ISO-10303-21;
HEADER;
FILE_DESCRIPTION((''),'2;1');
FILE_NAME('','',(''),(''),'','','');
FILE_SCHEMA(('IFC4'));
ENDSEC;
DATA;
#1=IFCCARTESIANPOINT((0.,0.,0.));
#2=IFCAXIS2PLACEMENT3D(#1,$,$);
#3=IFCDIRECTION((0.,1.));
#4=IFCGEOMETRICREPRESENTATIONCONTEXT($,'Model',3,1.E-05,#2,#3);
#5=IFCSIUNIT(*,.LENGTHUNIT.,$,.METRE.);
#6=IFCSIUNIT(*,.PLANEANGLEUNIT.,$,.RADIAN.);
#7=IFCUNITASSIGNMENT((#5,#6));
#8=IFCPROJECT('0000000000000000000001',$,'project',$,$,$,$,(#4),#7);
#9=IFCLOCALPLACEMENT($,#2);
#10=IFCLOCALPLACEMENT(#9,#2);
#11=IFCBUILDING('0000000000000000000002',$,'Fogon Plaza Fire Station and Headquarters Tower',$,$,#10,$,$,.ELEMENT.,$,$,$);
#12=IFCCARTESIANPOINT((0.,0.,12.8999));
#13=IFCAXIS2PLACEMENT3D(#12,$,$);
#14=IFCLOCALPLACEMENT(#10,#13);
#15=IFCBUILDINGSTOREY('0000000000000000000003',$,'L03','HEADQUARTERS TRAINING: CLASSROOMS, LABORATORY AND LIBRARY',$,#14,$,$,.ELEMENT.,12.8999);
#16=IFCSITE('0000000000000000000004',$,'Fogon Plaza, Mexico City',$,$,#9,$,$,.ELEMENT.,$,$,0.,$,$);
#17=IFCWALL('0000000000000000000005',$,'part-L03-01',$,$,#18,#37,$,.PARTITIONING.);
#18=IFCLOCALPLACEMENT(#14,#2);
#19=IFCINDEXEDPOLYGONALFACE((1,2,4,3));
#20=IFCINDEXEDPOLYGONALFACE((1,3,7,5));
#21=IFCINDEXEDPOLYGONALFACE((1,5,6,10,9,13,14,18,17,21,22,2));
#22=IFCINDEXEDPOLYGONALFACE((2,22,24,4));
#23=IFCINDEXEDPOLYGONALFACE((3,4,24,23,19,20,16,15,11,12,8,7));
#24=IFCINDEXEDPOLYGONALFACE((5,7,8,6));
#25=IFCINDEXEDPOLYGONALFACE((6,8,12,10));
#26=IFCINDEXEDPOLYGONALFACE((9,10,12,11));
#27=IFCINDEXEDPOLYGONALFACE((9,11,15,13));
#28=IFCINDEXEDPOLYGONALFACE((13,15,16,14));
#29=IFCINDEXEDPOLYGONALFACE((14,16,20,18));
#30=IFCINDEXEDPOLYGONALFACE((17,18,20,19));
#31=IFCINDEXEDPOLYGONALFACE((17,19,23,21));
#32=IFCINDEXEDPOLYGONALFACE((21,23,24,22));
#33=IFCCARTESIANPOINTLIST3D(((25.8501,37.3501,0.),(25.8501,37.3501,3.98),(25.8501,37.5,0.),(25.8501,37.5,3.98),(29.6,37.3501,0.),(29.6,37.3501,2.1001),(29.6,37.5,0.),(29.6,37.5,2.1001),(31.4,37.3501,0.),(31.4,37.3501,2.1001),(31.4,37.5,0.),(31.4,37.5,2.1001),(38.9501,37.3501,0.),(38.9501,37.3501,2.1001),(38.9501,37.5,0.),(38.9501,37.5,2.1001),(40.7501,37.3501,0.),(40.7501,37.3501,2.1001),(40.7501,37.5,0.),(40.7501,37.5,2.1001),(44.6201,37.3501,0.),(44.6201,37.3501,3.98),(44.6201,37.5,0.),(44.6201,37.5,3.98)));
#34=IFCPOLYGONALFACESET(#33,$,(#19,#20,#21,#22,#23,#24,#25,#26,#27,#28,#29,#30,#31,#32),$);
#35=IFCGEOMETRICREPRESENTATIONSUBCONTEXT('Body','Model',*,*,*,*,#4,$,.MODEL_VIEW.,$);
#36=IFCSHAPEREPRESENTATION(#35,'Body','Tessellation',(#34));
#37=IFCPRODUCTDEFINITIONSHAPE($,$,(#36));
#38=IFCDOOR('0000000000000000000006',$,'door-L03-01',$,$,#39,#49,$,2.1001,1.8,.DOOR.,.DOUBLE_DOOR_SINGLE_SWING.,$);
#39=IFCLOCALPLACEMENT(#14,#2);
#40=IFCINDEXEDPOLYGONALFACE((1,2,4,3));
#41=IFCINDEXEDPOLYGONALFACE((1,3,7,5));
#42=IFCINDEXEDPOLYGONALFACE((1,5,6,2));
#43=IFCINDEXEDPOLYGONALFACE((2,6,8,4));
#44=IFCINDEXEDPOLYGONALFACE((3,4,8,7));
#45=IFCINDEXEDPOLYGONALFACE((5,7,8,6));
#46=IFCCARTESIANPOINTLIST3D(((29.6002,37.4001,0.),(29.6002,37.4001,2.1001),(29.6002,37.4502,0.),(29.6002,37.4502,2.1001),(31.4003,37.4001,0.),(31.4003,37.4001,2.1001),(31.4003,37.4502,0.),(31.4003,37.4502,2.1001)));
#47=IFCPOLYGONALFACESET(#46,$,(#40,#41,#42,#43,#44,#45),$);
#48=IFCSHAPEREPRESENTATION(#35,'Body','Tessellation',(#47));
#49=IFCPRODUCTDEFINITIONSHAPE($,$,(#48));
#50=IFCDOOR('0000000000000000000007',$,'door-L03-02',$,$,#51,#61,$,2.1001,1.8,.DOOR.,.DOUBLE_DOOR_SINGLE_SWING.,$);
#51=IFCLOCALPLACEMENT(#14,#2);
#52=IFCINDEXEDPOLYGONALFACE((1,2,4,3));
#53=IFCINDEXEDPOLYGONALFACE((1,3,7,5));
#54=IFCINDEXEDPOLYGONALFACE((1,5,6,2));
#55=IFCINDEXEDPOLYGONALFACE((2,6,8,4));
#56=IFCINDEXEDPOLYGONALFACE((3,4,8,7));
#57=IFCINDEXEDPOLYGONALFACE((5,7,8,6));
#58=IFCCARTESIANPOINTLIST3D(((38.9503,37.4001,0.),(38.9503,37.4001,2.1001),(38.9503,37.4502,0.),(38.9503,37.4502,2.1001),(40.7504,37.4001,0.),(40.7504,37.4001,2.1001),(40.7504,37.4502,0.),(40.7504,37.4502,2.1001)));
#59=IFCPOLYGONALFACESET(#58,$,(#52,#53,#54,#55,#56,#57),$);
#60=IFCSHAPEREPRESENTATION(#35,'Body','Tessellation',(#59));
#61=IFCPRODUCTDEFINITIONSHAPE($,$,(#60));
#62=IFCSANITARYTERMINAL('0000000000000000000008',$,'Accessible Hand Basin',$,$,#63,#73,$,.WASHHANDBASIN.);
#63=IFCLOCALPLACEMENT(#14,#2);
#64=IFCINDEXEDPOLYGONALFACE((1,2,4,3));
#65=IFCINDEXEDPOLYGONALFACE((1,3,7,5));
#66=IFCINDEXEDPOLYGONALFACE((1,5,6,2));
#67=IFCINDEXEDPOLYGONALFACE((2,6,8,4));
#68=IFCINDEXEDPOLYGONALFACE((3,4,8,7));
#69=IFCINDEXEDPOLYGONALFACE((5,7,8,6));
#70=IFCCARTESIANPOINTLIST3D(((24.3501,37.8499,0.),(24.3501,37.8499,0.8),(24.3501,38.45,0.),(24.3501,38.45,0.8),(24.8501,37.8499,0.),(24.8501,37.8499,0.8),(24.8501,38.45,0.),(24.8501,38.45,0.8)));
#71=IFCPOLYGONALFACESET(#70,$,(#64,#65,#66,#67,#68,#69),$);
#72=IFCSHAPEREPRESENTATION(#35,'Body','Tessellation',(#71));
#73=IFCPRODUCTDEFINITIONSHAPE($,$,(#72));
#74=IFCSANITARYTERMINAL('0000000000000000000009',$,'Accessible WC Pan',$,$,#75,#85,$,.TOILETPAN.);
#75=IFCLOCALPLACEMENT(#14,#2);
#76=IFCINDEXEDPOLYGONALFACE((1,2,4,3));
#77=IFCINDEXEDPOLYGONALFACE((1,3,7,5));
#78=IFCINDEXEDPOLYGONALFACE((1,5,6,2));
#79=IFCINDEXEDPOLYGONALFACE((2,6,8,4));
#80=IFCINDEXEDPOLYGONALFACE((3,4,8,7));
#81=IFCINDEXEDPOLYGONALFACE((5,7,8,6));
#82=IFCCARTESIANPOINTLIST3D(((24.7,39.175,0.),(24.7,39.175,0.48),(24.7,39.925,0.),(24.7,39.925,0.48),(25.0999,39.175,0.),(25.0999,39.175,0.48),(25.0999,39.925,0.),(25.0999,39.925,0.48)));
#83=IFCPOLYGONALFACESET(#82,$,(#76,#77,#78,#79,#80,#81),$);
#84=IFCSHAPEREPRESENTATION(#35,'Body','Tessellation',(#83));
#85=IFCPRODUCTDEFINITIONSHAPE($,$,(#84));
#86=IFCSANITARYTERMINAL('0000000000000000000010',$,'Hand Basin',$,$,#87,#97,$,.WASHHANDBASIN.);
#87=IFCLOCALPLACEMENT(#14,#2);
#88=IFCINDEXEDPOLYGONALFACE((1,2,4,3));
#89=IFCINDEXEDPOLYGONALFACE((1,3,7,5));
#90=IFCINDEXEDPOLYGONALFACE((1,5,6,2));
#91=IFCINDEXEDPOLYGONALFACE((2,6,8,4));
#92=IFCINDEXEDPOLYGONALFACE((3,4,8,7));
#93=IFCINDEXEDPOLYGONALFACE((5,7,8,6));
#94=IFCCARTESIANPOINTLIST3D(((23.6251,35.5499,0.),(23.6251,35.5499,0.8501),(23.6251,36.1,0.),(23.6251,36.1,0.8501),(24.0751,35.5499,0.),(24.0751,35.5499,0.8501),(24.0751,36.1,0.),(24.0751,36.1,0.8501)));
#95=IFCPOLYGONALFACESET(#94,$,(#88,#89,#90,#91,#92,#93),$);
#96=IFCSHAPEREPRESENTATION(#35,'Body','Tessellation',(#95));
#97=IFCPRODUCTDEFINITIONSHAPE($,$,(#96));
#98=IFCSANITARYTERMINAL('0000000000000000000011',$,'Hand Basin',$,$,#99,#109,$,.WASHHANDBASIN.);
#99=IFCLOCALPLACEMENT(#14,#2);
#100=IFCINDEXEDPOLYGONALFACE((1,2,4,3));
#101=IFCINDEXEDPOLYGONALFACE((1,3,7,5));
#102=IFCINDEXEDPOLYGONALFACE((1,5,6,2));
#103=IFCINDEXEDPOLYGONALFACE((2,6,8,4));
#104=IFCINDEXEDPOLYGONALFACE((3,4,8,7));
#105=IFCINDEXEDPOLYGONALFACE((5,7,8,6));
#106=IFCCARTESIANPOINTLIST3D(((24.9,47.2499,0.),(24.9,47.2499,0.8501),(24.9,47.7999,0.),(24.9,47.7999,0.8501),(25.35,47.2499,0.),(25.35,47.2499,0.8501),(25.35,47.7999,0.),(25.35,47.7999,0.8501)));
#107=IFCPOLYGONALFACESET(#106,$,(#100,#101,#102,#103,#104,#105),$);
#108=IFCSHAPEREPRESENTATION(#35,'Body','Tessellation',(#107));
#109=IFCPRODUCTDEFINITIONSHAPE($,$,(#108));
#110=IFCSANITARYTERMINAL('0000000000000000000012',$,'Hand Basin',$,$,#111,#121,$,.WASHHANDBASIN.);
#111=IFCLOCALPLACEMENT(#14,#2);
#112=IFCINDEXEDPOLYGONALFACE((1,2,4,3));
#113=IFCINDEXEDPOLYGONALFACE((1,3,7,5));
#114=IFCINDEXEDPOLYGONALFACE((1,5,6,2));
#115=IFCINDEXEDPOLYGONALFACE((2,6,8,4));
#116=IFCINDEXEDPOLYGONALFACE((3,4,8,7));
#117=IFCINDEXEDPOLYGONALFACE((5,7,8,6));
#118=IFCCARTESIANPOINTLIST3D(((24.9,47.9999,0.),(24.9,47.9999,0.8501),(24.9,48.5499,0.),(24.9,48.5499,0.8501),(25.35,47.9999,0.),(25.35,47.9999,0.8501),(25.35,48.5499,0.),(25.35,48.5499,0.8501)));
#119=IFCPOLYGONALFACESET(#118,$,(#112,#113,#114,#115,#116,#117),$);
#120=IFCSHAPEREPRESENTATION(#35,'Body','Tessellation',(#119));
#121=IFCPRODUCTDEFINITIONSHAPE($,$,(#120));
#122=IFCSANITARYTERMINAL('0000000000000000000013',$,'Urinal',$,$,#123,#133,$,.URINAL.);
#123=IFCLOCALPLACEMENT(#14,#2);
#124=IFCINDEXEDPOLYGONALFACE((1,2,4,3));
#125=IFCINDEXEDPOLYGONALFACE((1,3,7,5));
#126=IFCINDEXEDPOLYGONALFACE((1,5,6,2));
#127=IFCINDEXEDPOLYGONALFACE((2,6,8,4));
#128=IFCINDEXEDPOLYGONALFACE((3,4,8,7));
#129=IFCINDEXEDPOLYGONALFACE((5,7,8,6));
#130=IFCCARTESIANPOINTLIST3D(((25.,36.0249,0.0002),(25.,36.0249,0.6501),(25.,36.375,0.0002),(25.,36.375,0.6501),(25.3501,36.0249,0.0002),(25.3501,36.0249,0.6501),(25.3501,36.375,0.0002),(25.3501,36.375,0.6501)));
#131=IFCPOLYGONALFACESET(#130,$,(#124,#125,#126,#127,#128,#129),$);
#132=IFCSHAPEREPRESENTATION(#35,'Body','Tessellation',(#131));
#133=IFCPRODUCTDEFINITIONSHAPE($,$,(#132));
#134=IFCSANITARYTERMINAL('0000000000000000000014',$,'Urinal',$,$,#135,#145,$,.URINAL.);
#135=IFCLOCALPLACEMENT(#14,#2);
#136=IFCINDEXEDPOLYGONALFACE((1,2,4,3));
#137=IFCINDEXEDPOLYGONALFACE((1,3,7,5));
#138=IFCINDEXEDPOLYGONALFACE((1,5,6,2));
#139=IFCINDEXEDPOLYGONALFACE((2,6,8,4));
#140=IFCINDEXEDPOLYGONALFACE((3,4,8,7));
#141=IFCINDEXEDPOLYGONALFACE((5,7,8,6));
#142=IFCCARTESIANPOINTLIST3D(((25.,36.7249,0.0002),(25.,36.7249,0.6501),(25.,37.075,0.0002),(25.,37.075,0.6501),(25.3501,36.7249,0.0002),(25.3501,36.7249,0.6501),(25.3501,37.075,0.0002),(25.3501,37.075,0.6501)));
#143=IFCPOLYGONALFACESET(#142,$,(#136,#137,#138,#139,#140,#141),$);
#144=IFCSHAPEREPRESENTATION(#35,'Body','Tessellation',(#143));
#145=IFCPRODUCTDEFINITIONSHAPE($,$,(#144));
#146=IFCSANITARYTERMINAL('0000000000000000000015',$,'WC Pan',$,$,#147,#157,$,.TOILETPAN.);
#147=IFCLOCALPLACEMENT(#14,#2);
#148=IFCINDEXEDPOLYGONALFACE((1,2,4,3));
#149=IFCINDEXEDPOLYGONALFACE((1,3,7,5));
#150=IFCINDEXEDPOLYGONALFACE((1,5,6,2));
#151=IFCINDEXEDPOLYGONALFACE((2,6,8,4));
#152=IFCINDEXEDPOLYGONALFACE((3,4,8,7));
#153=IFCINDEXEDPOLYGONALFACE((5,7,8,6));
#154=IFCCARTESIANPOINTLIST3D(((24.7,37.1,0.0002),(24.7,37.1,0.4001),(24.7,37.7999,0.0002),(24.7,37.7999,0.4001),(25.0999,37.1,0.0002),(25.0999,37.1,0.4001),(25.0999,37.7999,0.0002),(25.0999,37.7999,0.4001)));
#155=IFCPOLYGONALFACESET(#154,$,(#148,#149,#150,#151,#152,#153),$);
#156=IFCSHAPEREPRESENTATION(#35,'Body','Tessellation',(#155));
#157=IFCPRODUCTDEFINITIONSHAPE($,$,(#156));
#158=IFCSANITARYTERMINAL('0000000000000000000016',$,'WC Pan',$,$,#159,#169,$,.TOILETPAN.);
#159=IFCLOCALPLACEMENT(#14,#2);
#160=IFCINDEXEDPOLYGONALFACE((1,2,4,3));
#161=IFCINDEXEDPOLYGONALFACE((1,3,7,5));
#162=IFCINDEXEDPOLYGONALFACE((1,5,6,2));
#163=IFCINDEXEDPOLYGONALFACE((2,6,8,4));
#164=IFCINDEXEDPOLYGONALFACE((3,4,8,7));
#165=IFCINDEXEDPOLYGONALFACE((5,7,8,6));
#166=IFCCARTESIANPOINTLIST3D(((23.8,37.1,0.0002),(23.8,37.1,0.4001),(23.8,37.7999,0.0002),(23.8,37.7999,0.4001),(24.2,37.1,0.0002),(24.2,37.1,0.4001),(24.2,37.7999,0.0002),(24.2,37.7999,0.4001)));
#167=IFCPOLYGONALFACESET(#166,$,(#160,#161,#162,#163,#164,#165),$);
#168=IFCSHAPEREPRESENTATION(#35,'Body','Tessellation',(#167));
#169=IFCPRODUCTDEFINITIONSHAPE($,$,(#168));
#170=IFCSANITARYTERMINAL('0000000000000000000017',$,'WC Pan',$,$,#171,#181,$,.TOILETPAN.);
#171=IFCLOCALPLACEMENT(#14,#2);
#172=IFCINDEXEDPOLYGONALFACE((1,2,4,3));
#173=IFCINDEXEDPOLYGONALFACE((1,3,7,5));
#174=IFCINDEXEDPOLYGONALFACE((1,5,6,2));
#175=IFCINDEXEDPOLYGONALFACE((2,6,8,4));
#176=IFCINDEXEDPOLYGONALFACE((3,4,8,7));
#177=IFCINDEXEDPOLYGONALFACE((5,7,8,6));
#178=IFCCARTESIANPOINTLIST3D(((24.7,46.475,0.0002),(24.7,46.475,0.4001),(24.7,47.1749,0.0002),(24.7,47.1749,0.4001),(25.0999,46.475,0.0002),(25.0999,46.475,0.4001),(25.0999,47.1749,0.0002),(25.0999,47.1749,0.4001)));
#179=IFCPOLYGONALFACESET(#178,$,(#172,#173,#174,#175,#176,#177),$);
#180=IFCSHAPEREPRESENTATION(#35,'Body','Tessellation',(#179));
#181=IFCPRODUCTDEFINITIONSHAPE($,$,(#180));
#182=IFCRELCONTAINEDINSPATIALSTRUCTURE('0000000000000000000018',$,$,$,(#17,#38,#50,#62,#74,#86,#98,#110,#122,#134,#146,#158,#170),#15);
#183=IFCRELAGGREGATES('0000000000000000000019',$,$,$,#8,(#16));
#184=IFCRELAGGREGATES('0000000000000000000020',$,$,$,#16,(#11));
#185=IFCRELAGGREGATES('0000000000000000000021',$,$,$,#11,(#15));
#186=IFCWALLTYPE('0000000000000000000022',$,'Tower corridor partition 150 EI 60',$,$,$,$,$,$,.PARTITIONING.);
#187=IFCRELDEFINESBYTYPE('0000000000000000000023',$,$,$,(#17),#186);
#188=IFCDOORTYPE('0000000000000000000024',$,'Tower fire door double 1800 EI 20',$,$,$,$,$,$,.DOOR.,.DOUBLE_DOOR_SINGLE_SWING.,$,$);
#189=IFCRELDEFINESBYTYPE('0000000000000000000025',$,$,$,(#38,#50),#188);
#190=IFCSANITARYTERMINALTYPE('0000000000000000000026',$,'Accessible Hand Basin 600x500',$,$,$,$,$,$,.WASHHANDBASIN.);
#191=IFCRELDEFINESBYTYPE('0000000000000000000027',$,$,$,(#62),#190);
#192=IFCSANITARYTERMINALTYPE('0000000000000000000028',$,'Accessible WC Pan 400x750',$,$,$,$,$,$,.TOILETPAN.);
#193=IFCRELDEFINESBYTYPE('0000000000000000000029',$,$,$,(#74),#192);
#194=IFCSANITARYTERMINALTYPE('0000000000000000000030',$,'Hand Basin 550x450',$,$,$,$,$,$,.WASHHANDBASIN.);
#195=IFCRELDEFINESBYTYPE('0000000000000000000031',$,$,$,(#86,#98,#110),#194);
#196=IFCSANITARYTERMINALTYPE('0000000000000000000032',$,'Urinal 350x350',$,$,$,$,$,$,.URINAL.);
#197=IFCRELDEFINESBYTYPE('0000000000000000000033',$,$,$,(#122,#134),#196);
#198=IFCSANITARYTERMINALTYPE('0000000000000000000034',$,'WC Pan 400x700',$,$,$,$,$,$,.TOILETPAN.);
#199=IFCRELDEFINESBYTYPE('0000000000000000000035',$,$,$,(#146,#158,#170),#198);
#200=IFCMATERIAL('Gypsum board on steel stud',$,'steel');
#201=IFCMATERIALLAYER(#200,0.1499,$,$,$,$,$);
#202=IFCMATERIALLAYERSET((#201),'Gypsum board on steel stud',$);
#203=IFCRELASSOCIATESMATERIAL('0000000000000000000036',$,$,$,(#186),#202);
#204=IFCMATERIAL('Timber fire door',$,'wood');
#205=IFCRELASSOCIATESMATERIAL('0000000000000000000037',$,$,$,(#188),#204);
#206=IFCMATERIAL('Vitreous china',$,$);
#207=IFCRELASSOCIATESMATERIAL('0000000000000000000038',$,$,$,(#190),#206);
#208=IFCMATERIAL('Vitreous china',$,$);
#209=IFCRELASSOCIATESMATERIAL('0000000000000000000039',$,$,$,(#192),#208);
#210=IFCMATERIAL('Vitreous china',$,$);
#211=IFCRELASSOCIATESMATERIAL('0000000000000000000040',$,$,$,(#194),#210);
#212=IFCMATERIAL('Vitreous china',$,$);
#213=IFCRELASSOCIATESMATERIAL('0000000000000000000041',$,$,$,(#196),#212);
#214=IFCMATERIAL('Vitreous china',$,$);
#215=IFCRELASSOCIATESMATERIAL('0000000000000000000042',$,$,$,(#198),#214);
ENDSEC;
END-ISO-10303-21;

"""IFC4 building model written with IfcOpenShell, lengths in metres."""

from ifc_helpers import new_model, si_unit, direction, frame, frame_2d, origin, origin_2d, place, context, subcontext, project, spatial, rectangle, extrude, material, layer, layer_set, type_object, element, fill, save


model = new_model("IFC4")

# Units and contexts
model_context = context("Model", 3, precision=1e-05, world=origin(), true_north=direction((0.0, 1.0)))
body_context = subcontext(model_context, "Body", "Model", "MODEL_VIEW")
ifc_project = project(units=[si_unit("LENGTHUNIT", "METRE"), si_unit("PLANEANGLEUNIT", "RADIAN")], contexts=[model_context])

# Site, building, storey
site_placement = place(None, origin())
site = spatial("IfcSite", under=ifc_project, at=site_placement, Name="Fogon Plaza, Mexico City", CompositionType="ELEMENT", RefElevation=0.0)
building_placement = place(site_placement, origin())
building = spatial("IfcBuilding", under=site, at=building_placement, Name="Fogon Plaza Fire Station and Headquarters Tower", CompositionType="ELEMENT")
storey_placement = place(building_placement, frame((0.0, 0.0, 12.8999)))
storey = spatial("IfcBuildingStorey", under=building, at=storey_placement, Name="L03", Description="HEADQUARTERS TRAINING: CLASSROOMS, LABORATORY AND LIBRARY", CompositionType="ELEMENT", Elevation=12.8999)

# Wall, openings, doors
ifc_material_1 = material(Name="Gypsum board on steel stud", Category="steel")
ifc_layer_1 = layer(ifc_material_1, 0.1499)
ifc_layer_set_1 = layer_set([ifc_layer_1], Name="Gypsum board on steel stud")
wall_type_1 = type_object("IfcWallType", Name="Tower corridor partition 150 EI 60", PredefinedType="PARTITIONING", material=ifc_layer_set_1)
wall_1_placement = place(storey_placement, frame((25.8501, 37.425, 0.0), z_axis=(0.0, 0.0, 1.0), x_axis=(1.0, 0.0, 0.0)))
wall_1 = element("IfcWall", 1, at=wall_1_placement, inside=storey, type_object=wall_type_1, Name="part-L03-01", PredefinedType="PARTITIONING", context=body_context, shape_type="SweptSolid", body=[
    extrude(rectangle(XDim=18.77, YDim=0.1499, at=frame_2d((9.385, 0.0))), origin(), (0.0, 0.0, 1.0), 3.98),
])
opening_1_placement = place(wall_1_placement, frame((3.75, 0.0, 0.0)))
opening_1 = element("IfcOpeningElement", 2, at=opening_1_placement, cuts=wall_1, PredefinedType="OPENING", context=body_context, shape_type="SweptSolid", body=[
    extrude(rectangle(XDim=1.8, YDim=2.1001, at=frame_2d((0.8999, 1.05))), frame((0.0, 0.085, 0.0), z_axis=(0.0, -1.0, 0.0), x_axis=(1.0, 0.0, 0.0)), (0.0, 0.0, 1.0), 0.1699),
])
opening_2_placement = place(wall_1_placement, frame((13.1001, 0.0, 0.0)))
opening_2 = element("IfcOpeningElement", 3, at=opening_2_placement, cuts=wall_1, PredefinedType="OPENING", context=body_context, shape_type="SweptSolid", body=[
    extrude(rectangle(XDim=1.8, YDim=2.1001, at=frame_2d((0.8999, 1.05))), frame((0.0, 0.085, 0.0), z_axis=(0.0, -1.0, 0.0), x_axis=(1.0, 0.0, 0.0)), (0.0, 0.0, 1.0), 0.1699),
])
ifc_material_2 = material(Name="Timber fire door", Category="wood")
door_type_1 = type_object("IfcDoorType", Name="Tower fire door double 1800 EI 20", OperationType="DOUBLE_DOOR_SINGLE_SWING", PredefinedType="DOOR", material=ifc_material_2)
door_1_placement = place(opening_1_placement, frame((1.8, 0.0, 0.0), z_axis=(0.0, 0.0, 1.0), x_axis=(-1.0, 0.0, 0.0)))
door_1 = element("IfcDoor", 4, at=door_1_placement, inside=storey, type_object=door_type_1, Name="door-L03-01", OperationType="DOUBLE_DOOR_SINGLE_SWING", OverallHeight=2.1001, OverallWidth=1.8, PredefinedType="DOOR", context=body_context, shape_type="SweptSolid", body=[
    extrude(rectangle(XDim=1.8, YDim=2.1001, at=frame_2d((0.8999, 1.05))), frame((0.0, 0.0249, 0.0), z_axis=(0.0, -1.0, 0.0), x_axis=(1.0, 0.0, 0.0)), (0.0, 0.0, 1.0), 0.05),
])
fill(opening_1, door_1)
door_2_placement = place(opening_2_placement, frame((1.8, 0.0, 0.0), z_axis=(0.0, 0.0, 1.0), x_axis=(-1.0, 0.0, 0.0)))
door_2 = element("IfcDoor", 5, at=door_2_placement, inside=storey, type_object=door_type_1, Name="door-L03-02", OperationType="DOUBLE_DOOR_SINGLE_SWING", OverallHeight=2.1001, OverallWidth=1.8, PredefinedType="DOOR", context=body_context, shape_type="SweptSolid", body=[
    extrude(rectangle(XDim=1.8, YDim=2.1001, at=frame_2d((0.8999, 1.05))), frame((0.0, 0.0249, 0.0), z_axis=(0.0, -1.0, 0.0), x_axis=(1.0, 0.0, 0.0)), (0.0, 0.0, 1.0), 0.05),
])
fill(opening_2, door_2)

# Sanitary terminals
ifc_material_3 = material(Name="Vitreous china")
sanitary_terminal_type_1 = type_object("IfcSanitaryTerminalType", Name="Accessible Hand Basin 600x500", PredefinedType="WASHHANDBASIN", material=ifc_material_3)
sanitary_terminal_1_placement = place(storey_placement, frame((24.6001, 38.1499, 0.0), z_axis=(0.0, 0.0, 1.0), x_axis=(1.0, 0.0, 0.0)))
element("IfcSanitaryTerminal", 6, at=sanitary_terminal_1_placement, inside=storey, type_object=sanitary_terminal_type_1, Name="Accessible Hand Basin", PredefinedType="WASHHANDBASIN", context=body_context, shape_type="SweptSolid", body=[
    extrude(rectangle(XDim=0.5, YDim=0.6001, at=origin_2d()), origin(), (0.0, 0.0, 1.0), 0.8),
])
ifc_material_4 = material(Name="Vitreous china")
sanitary_terminal_type_2 = type_object("IfcSanitaryTerminalType", Name="Accessible WC Pan 400x750", PredefinedType="TOILETPAN", material=ifc_material_4)
sanitary_terminal_2_placement = place(storey_placement, frame((24.8999, 39.55, 0.0), z_axis=(0.0, 0.0, 1.0), x_axis=(1.0, 0.0, 0.0)))
element("IfcSanitaryTerminal", 7, at=sanitary_terminal_2_placement, inside=storey, type_object=sanitary_terminal_type_2, Name="Accessible WC Pan", PredefinedType="TOILETPAN", context=body_context, shape_type="SweptSolid", body=[
    extrude(rectangle(XDim=0.3999, YDim=0.75, at=origin_2d()), origin(), (0.0, 0.0, 1.0), 0.48),
])
ifc_material_5 = material(Name="Vitreous china")
sanitary_terminal_type_3 = type_object("IfcSanitaryTerminalType", Name="Hand Basin 550x450", PredefinedType="WASHHANDBASIN", material=ifc_material_5)
for number, where, z_axis, x_axis, name in (
    (8, (23.8501, 35.825, 0.0), (0.0, 0.0, 1.0), (1.0, 0.0, 0.0), "Hand Basin"),
    (9, (25.125, 47.5249, 0.0), (0.0, 0.0, 1.0), (1.0, 0.0, 0.0), "Hand Basin"),
    (10, (25.125, 48.2749, 0.0), (0.0, 0.0, 1.0), (1.0, 0.0, 0.0), "Hand Basin"),
):
    element("IfcSanitaryTerminal", number, at=place(storey_placement, frame(where, z_axis=z_axis, x_axis=x_axis)), inside=storey, type_object=sanitary_terminal_type_3, Name=name, PredefinedType="WASHHANDBASIN", context=body_context, shape_type="SweptSolid", body=[
        extrude(rectangle(XDim=0.45, YDim=0.55, at=origin_2d()), origin(), (0.0, 0.0, 1.0), 0.8501),
    ])
ifc_material_6 = material(Name="Vitreous china")
sanitary_terminal_type_4 = type_object("IfcSanitaryTerminalType", Name="Urinal 350x350", PredefinedType="URINAL", material=ifc_material_6)
for number, where, z_axis, x_axis, name in (
    (11, (25.175, 36.2, 0.0002), (0.0, 0.0, 1.0), (1.0, 0.0, 0.0), "Urinal"),
    (12, (25.175, 36.8999, 0.0002), (0.0, 0.0, 1.0), (1.0, 0.0, 0.0), "Urinal"),
):
    element("IfcSanitaryTerminal", number, at=place(storey_placement, frame(where, z_axis=z_axis, x_axis=x_axis)), inside=storey, type_object=sanitary_terminal_type_4, Name=name, PredefinedType="URINAL", context=body_context, shape_type="SweptSolid", body=[
        extrude(rectangle(XDim=0.3501, YDim=0.3501, at=origin_2d()), origin(), (0.0, 0.0, 1.0), 0.6499),
    ])
ifc_material_7 = material(Name="Vitreous china")
sanitary_terminal_type_5 = type_object("IfcSanitaryTerminalType", Name="WC Pan 400x700", PredefinedType="TOILETPAN", material=ifc_material_7)
for number, where, z_axis, x_axis, name in (
    (13, (24.8999, 37.45, 0.0002), (0.0, 0.0, 1.0), (1.0, 0.0, 0.0), "WC Pan"),
    (14, (24.0, 37.45, 0.0002), (0.0, 0.0, 1.0), (1.0, 0.0, 0.0), "WC Pan"),
    (15, (24.8999, 46.825, 0.0002), (0.0, 0.0, 1.0), (1.0, 0.0, 0.0), "WC Pan"),
):
    element("IfcSanitaryTerminal", number, at=place(storey_placement, frame(where, z_axis=z_axis, x_axis=x_axis)), inside=storey, type_object=sanitary_terminal_type_5, Name=name, PredefinedType="TOILETPAN", context=body_context, shape_type="SweptSolid", body=[
        extrude(rectangle(XDim=0.3999, YDim=0.7, at=origin_2d()), origin(), (0.0, 0.0, 1.0), 0.3999),
    ])

save(model, "model.ifc")
